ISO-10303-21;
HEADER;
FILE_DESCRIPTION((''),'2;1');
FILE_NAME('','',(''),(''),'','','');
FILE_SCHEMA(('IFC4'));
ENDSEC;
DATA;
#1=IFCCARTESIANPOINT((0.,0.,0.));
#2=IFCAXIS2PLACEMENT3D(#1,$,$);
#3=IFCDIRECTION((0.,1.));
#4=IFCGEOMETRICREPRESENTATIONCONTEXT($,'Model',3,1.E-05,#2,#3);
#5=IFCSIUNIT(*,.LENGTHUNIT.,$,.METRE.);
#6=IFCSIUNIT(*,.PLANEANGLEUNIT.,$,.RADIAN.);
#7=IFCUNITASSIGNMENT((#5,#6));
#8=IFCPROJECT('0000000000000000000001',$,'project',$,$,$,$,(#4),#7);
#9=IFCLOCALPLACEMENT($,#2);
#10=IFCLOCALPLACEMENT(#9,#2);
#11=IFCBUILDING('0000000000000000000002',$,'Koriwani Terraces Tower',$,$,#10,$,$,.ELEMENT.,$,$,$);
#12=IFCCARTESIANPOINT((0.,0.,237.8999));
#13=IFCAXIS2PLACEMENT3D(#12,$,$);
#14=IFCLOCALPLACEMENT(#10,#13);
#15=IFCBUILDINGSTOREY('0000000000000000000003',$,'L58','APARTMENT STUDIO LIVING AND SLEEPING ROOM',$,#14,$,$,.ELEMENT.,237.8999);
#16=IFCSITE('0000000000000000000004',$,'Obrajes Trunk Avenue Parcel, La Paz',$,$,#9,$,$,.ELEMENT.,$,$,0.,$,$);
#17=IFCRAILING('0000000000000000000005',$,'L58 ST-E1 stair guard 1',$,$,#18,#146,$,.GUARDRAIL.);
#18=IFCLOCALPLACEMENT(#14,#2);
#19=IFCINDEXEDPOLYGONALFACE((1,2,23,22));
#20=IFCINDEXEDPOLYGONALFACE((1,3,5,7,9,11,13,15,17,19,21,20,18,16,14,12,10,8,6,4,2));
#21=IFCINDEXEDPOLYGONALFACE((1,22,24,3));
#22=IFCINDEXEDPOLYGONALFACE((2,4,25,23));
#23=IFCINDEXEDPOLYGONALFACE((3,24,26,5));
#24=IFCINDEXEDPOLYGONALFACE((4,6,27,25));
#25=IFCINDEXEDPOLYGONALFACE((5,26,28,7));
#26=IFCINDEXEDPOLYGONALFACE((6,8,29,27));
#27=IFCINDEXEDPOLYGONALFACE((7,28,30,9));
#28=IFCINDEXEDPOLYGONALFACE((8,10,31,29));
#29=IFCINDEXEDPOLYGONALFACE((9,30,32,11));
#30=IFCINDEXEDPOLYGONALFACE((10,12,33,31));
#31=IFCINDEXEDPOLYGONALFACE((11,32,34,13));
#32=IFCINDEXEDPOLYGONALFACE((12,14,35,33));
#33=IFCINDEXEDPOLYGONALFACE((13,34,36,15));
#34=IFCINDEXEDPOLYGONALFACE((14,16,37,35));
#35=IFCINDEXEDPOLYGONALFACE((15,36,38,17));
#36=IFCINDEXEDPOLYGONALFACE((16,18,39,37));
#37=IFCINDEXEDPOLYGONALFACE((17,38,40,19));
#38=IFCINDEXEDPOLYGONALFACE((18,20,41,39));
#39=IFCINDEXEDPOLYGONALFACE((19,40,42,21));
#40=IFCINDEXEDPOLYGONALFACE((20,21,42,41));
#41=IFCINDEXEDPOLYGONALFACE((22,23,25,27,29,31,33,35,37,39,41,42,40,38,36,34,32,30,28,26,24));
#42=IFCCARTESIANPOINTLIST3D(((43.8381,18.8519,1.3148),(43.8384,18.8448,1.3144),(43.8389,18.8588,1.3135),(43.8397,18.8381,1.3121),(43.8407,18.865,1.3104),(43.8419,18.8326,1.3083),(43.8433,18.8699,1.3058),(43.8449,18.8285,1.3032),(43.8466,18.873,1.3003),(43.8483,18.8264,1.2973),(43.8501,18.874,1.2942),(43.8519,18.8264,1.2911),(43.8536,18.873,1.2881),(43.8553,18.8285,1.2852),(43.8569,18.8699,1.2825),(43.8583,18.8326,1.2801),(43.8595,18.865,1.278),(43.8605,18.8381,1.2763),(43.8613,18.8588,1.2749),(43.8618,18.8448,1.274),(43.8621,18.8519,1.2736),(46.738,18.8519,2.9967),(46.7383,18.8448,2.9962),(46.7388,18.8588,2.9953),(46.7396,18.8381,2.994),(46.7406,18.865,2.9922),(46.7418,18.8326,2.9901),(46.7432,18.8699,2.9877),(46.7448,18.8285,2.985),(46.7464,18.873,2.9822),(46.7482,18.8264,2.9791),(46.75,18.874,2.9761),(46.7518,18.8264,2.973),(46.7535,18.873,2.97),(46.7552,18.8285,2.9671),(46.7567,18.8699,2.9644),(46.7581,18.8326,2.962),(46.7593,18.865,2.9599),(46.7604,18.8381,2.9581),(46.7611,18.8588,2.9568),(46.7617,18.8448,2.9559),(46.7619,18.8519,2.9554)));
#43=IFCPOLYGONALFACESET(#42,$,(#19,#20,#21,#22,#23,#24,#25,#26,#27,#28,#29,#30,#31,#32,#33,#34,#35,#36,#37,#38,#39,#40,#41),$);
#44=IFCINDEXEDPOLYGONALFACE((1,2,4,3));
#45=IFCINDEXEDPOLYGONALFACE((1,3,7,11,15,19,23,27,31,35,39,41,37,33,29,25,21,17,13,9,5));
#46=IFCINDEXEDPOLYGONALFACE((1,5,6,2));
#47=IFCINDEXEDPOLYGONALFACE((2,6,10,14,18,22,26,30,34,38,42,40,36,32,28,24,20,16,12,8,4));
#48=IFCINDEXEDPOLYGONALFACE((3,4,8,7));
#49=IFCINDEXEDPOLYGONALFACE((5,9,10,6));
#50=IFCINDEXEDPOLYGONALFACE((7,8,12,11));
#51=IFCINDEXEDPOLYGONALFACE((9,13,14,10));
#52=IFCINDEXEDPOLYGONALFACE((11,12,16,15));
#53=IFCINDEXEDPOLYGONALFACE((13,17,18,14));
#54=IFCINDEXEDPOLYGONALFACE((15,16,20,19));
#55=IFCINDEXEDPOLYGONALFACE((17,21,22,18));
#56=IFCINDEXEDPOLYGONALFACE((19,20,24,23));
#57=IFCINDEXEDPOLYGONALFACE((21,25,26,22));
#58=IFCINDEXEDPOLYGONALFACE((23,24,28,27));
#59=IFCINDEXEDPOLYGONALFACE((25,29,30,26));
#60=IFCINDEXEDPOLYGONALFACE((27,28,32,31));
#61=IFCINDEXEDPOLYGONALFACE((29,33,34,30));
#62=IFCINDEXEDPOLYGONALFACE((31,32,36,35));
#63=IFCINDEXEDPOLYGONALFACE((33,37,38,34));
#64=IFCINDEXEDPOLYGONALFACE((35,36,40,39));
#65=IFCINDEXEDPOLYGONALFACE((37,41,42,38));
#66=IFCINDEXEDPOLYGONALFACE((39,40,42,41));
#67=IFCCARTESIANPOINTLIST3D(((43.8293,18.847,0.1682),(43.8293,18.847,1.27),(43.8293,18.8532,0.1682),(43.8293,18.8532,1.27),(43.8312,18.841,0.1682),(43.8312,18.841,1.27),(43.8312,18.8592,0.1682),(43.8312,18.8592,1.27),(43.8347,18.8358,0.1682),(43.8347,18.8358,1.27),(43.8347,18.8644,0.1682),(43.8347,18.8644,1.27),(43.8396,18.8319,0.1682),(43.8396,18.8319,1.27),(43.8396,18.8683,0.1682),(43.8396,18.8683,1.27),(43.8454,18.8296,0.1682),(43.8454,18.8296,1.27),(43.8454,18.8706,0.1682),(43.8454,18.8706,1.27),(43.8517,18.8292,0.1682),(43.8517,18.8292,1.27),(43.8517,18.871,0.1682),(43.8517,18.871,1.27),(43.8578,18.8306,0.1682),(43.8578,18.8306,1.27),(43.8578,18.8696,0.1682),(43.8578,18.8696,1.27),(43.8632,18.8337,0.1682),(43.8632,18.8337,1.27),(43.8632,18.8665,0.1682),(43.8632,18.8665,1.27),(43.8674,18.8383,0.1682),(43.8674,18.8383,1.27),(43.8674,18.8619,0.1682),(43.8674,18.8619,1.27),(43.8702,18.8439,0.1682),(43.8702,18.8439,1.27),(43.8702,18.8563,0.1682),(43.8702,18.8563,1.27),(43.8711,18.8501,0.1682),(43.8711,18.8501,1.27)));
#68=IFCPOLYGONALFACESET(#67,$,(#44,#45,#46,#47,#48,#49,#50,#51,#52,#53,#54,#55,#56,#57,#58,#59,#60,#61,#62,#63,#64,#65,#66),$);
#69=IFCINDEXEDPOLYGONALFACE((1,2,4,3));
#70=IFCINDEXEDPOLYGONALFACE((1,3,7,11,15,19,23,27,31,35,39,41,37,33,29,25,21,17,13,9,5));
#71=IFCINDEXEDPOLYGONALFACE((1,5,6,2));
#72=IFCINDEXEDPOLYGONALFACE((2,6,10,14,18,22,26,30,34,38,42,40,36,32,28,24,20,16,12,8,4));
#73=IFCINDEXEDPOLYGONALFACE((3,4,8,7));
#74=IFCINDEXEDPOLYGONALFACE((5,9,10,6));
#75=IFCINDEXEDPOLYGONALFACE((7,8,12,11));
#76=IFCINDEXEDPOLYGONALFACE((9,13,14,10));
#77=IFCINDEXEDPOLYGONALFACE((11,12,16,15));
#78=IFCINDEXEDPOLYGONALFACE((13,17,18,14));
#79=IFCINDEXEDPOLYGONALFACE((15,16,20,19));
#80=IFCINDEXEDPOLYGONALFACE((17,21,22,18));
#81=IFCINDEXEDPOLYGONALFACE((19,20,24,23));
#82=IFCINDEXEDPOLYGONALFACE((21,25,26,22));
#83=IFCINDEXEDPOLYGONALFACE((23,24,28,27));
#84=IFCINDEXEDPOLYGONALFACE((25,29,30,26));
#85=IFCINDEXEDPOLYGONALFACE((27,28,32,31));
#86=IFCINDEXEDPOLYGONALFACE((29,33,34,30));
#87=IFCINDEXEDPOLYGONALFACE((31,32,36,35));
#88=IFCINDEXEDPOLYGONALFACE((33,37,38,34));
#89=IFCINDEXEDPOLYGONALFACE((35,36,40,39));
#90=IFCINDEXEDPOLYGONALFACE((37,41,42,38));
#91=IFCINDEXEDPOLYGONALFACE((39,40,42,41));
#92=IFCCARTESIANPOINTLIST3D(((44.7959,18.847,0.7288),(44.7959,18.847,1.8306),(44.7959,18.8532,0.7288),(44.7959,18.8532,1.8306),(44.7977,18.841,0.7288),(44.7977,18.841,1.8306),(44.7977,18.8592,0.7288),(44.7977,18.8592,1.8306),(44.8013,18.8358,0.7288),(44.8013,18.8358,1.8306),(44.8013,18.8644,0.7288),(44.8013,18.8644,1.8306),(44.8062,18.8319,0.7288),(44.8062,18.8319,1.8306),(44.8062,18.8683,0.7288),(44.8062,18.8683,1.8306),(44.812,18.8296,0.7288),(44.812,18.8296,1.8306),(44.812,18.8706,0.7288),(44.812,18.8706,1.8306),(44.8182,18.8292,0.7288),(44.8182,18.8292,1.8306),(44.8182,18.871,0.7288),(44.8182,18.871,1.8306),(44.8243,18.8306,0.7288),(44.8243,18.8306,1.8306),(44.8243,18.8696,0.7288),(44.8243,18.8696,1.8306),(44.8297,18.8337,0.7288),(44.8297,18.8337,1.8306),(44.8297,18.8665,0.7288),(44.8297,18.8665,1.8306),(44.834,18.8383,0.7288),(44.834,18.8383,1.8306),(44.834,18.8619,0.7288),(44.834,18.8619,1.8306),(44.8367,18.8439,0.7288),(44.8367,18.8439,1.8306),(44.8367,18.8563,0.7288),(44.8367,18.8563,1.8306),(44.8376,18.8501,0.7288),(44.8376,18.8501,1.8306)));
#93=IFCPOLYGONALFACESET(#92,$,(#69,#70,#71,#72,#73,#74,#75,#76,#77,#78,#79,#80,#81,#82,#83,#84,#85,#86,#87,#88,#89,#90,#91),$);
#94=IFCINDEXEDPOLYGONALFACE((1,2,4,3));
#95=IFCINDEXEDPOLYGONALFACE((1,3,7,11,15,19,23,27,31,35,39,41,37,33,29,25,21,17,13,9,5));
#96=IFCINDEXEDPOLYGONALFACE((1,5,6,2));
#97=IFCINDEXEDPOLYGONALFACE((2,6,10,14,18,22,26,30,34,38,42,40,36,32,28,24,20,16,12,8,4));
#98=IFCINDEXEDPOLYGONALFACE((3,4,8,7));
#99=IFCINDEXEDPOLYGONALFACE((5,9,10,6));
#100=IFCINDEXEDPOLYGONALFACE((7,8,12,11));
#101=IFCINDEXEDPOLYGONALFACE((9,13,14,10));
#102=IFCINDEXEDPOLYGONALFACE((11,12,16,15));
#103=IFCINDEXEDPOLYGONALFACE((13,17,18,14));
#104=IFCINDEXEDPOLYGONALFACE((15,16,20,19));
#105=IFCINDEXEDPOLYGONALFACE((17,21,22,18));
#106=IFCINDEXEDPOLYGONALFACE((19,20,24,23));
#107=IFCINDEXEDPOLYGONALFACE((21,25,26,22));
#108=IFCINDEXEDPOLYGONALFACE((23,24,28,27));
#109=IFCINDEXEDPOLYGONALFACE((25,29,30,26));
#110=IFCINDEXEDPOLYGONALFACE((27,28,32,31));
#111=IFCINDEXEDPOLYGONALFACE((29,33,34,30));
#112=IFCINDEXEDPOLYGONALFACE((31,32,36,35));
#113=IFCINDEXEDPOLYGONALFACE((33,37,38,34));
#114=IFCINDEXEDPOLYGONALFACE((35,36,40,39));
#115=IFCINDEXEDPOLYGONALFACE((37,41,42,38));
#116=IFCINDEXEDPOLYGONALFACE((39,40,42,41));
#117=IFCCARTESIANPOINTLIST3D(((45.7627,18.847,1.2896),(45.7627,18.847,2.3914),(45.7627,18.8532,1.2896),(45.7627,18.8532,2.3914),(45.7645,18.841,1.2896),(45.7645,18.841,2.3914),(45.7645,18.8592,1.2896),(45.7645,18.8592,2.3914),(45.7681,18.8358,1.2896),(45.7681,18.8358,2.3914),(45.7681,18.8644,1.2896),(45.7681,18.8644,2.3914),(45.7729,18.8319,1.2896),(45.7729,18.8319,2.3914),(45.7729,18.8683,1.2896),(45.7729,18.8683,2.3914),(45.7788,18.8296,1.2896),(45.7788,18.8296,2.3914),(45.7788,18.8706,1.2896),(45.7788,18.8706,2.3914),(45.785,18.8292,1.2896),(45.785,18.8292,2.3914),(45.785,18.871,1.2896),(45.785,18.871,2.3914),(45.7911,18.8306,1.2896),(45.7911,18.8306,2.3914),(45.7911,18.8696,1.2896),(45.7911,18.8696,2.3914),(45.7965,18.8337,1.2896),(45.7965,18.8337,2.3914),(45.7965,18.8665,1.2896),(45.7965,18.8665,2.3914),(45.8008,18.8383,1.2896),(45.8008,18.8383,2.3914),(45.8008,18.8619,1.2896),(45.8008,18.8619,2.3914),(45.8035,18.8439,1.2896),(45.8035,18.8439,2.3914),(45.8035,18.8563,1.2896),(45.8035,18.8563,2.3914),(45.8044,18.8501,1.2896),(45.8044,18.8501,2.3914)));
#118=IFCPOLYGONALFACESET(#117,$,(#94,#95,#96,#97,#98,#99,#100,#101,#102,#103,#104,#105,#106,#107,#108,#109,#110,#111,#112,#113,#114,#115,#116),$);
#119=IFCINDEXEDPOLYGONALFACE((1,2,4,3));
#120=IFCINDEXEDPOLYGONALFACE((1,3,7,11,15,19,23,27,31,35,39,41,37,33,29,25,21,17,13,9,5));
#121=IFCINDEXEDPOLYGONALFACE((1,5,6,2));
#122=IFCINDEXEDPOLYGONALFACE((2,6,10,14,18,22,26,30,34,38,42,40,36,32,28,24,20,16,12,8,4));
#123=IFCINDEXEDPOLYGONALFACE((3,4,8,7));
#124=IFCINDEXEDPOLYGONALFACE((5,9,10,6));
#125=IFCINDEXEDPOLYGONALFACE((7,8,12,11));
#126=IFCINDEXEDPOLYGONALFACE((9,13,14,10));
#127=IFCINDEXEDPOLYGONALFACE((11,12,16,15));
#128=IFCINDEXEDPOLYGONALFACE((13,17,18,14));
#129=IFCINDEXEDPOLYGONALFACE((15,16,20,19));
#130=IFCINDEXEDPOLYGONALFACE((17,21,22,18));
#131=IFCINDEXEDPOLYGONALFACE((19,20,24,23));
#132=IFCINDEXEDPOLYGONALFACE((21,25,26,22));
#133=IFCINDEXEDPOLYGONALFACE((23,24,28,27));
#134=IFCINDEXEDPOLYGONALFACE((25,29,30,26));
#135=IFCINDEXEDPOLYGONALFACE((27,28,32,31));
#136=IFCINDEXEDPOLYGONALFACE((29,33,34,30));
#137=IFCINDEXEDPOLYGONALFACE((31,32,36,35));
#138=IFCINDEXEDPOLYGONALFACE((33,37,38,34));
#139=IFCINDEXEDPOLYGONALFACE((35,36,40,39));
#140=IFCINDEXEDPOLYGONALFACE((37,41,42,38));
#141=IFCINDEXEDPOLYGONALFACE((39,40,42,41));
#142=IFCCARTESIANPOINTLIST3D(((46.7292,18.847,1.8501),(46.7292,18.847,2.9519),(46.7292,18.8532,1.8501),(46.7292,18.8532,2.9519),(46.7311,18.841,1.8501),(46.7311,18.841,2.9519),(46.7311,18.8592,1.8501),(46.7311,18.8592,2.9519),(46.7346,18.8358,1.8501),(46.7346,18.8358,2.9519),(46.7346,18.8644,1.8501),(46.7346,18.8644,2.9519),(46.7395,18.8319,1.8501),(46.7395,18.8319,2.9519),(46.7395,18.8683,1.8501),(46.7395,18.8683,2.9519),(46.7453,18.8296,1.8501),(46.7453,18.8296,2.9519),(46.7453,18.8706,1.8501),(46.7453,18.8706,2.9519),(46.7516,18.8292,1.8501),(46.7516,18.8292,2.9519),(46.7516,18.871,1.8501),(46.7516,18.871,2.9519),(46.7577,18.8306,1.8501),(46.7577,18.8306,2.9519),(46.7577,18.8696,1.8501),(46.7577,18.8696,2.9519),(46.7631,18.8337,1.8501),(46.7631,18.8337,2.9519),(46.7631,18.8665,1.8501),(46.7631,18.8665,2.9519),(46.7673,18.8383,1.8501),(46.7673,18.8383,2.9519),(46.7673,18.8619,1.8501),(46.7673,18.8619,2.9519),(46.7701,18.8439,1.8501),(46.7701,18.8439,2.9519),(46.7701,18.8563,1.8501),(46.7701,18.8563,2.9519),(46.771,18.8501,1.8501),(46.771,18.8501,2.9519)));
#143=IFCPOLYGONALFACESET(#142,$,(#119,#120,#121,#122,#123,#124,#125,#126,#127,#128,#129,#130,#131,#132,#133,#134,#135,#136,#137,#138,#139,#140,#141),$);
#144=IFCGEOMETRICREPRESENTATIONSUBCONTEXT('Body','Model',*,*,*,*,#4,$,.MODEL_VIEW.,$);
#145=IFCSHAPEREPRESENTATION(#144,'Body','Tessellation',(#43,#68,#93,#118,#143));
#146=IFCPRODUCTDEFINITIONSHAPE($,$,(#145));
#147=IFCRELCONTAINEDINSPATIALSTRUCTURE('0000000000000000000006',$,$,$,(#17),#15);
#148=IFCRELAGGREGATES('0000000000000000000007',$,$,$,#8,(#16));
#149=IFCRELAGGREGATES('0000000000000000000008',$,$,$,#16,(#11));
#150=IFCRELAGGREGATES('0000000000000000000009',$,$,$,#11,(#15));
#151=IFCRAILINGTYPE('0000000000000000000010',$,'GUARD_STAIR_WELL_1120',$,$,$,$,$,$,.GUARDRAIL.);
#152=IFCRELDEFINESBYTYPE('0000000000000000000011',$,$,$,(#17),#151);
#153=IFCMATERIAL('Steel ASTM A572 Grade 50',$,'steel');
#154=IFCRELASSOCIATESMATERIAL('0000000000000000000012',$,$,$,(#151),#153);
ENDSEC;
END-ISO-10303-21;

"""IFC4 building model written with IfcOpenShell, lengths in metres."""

from ifc_helpers import new_model, si_unit, direction, frame, origin, origin_2d, place, context, subcontext, project, spatial, circle, extrude, material, type_object, element, save


model = new_model("IFC4")

# Units and contexts
model_context = context("Model", 3, precision=1e-05, world=origin(), true_north=direction((0.0, 1.0)))
body_context = subcontext(model_context, "Body", "Model", "MODEL_VIEW")
ifc_project = project(units=[si_unit("LENGTHUNIT", "METRE"), si_unit("PLANEANGLEUNIT", "RADIAN")], contexts=[model_context])

# Site, building, storey
site_placement = place(None, origin())
site = spatial("IfcSite", under=ifc_project, at=site_placement, Name="Obrajes Trunk Avenue Parcel, La Paz", CompositionType="ELEMENT", RefElevation=0.0)
building_placement = place(site_placement, origin())
building = spatial("IfcBuilding", under=site, at=building_placement, Name="Koriwani Terraces Tower", CompositionType="ELEMENT")
storey_placement = place(building_placement, frame((0.0, 0.0, 237.8999)))
storey = spatial("IfcBuildingStorey", under=building, at=storey_placement, Name="L58", Description="APARTMENT STUDIO LIVING AND SLEEPING ROOM", CompositionType="ELEMENT", Elevation=237.8999)

# Shared definitions
ifc_material_1 = material(Name="Steel ASTM A572 Grade 50", Category="steel")

# Railing
railing_type_1 = type_object("IfcRailingType", Name="GUARD_STAIR_WELL_1120", PredefinedType="GUARDRAIL", material=ifc_material_1)
railing_1_placement = place(storey_placement, frame((43.8501, 18.8501, 0.1682)))
element("IfcRailing", 1, at=railing_1_placement, inside=storey, type_object=railing_type_1, Name="L58 ST-E1 stair guard 1", PredefinedType="GUARDRAIL", context=body_context, shape_type="SweptSolid", body=[
    extrude(circle(Radius=0.0239, at=origin_2d()), frame((0.0, 0.0, 1.126), z_axis=(0.865039, 0.0, 0.501705), x_axis=(0.0, 1.0, 0.0)), (0.0, 0.0, 1.0), 3.3523),
    extrude(circle(Radius=0.021, at=origin_2d()), origin(), (0.0, 0.0, 1.0), 1.1018),
    extrude(circle(Radius=0.021, at=origin_2d()), frame((0.9666, 0.0, 0.5605)), (0.0, 0.0, 1.0), 1.1018),
    extrude(circle(Radius=0.021, at=origin_2d()), frame((1.9333, 0.0, 1.1213)), (0.0, 0.0, 1.0), 1.1018),
    extrude(circle(Radius=0.021, at=origin_2d()), frame((2.8999, 0.0, 1.6819)), (0.0, 0.0, 1.0), 1.1018),
])

save(model, "model.ifc")
